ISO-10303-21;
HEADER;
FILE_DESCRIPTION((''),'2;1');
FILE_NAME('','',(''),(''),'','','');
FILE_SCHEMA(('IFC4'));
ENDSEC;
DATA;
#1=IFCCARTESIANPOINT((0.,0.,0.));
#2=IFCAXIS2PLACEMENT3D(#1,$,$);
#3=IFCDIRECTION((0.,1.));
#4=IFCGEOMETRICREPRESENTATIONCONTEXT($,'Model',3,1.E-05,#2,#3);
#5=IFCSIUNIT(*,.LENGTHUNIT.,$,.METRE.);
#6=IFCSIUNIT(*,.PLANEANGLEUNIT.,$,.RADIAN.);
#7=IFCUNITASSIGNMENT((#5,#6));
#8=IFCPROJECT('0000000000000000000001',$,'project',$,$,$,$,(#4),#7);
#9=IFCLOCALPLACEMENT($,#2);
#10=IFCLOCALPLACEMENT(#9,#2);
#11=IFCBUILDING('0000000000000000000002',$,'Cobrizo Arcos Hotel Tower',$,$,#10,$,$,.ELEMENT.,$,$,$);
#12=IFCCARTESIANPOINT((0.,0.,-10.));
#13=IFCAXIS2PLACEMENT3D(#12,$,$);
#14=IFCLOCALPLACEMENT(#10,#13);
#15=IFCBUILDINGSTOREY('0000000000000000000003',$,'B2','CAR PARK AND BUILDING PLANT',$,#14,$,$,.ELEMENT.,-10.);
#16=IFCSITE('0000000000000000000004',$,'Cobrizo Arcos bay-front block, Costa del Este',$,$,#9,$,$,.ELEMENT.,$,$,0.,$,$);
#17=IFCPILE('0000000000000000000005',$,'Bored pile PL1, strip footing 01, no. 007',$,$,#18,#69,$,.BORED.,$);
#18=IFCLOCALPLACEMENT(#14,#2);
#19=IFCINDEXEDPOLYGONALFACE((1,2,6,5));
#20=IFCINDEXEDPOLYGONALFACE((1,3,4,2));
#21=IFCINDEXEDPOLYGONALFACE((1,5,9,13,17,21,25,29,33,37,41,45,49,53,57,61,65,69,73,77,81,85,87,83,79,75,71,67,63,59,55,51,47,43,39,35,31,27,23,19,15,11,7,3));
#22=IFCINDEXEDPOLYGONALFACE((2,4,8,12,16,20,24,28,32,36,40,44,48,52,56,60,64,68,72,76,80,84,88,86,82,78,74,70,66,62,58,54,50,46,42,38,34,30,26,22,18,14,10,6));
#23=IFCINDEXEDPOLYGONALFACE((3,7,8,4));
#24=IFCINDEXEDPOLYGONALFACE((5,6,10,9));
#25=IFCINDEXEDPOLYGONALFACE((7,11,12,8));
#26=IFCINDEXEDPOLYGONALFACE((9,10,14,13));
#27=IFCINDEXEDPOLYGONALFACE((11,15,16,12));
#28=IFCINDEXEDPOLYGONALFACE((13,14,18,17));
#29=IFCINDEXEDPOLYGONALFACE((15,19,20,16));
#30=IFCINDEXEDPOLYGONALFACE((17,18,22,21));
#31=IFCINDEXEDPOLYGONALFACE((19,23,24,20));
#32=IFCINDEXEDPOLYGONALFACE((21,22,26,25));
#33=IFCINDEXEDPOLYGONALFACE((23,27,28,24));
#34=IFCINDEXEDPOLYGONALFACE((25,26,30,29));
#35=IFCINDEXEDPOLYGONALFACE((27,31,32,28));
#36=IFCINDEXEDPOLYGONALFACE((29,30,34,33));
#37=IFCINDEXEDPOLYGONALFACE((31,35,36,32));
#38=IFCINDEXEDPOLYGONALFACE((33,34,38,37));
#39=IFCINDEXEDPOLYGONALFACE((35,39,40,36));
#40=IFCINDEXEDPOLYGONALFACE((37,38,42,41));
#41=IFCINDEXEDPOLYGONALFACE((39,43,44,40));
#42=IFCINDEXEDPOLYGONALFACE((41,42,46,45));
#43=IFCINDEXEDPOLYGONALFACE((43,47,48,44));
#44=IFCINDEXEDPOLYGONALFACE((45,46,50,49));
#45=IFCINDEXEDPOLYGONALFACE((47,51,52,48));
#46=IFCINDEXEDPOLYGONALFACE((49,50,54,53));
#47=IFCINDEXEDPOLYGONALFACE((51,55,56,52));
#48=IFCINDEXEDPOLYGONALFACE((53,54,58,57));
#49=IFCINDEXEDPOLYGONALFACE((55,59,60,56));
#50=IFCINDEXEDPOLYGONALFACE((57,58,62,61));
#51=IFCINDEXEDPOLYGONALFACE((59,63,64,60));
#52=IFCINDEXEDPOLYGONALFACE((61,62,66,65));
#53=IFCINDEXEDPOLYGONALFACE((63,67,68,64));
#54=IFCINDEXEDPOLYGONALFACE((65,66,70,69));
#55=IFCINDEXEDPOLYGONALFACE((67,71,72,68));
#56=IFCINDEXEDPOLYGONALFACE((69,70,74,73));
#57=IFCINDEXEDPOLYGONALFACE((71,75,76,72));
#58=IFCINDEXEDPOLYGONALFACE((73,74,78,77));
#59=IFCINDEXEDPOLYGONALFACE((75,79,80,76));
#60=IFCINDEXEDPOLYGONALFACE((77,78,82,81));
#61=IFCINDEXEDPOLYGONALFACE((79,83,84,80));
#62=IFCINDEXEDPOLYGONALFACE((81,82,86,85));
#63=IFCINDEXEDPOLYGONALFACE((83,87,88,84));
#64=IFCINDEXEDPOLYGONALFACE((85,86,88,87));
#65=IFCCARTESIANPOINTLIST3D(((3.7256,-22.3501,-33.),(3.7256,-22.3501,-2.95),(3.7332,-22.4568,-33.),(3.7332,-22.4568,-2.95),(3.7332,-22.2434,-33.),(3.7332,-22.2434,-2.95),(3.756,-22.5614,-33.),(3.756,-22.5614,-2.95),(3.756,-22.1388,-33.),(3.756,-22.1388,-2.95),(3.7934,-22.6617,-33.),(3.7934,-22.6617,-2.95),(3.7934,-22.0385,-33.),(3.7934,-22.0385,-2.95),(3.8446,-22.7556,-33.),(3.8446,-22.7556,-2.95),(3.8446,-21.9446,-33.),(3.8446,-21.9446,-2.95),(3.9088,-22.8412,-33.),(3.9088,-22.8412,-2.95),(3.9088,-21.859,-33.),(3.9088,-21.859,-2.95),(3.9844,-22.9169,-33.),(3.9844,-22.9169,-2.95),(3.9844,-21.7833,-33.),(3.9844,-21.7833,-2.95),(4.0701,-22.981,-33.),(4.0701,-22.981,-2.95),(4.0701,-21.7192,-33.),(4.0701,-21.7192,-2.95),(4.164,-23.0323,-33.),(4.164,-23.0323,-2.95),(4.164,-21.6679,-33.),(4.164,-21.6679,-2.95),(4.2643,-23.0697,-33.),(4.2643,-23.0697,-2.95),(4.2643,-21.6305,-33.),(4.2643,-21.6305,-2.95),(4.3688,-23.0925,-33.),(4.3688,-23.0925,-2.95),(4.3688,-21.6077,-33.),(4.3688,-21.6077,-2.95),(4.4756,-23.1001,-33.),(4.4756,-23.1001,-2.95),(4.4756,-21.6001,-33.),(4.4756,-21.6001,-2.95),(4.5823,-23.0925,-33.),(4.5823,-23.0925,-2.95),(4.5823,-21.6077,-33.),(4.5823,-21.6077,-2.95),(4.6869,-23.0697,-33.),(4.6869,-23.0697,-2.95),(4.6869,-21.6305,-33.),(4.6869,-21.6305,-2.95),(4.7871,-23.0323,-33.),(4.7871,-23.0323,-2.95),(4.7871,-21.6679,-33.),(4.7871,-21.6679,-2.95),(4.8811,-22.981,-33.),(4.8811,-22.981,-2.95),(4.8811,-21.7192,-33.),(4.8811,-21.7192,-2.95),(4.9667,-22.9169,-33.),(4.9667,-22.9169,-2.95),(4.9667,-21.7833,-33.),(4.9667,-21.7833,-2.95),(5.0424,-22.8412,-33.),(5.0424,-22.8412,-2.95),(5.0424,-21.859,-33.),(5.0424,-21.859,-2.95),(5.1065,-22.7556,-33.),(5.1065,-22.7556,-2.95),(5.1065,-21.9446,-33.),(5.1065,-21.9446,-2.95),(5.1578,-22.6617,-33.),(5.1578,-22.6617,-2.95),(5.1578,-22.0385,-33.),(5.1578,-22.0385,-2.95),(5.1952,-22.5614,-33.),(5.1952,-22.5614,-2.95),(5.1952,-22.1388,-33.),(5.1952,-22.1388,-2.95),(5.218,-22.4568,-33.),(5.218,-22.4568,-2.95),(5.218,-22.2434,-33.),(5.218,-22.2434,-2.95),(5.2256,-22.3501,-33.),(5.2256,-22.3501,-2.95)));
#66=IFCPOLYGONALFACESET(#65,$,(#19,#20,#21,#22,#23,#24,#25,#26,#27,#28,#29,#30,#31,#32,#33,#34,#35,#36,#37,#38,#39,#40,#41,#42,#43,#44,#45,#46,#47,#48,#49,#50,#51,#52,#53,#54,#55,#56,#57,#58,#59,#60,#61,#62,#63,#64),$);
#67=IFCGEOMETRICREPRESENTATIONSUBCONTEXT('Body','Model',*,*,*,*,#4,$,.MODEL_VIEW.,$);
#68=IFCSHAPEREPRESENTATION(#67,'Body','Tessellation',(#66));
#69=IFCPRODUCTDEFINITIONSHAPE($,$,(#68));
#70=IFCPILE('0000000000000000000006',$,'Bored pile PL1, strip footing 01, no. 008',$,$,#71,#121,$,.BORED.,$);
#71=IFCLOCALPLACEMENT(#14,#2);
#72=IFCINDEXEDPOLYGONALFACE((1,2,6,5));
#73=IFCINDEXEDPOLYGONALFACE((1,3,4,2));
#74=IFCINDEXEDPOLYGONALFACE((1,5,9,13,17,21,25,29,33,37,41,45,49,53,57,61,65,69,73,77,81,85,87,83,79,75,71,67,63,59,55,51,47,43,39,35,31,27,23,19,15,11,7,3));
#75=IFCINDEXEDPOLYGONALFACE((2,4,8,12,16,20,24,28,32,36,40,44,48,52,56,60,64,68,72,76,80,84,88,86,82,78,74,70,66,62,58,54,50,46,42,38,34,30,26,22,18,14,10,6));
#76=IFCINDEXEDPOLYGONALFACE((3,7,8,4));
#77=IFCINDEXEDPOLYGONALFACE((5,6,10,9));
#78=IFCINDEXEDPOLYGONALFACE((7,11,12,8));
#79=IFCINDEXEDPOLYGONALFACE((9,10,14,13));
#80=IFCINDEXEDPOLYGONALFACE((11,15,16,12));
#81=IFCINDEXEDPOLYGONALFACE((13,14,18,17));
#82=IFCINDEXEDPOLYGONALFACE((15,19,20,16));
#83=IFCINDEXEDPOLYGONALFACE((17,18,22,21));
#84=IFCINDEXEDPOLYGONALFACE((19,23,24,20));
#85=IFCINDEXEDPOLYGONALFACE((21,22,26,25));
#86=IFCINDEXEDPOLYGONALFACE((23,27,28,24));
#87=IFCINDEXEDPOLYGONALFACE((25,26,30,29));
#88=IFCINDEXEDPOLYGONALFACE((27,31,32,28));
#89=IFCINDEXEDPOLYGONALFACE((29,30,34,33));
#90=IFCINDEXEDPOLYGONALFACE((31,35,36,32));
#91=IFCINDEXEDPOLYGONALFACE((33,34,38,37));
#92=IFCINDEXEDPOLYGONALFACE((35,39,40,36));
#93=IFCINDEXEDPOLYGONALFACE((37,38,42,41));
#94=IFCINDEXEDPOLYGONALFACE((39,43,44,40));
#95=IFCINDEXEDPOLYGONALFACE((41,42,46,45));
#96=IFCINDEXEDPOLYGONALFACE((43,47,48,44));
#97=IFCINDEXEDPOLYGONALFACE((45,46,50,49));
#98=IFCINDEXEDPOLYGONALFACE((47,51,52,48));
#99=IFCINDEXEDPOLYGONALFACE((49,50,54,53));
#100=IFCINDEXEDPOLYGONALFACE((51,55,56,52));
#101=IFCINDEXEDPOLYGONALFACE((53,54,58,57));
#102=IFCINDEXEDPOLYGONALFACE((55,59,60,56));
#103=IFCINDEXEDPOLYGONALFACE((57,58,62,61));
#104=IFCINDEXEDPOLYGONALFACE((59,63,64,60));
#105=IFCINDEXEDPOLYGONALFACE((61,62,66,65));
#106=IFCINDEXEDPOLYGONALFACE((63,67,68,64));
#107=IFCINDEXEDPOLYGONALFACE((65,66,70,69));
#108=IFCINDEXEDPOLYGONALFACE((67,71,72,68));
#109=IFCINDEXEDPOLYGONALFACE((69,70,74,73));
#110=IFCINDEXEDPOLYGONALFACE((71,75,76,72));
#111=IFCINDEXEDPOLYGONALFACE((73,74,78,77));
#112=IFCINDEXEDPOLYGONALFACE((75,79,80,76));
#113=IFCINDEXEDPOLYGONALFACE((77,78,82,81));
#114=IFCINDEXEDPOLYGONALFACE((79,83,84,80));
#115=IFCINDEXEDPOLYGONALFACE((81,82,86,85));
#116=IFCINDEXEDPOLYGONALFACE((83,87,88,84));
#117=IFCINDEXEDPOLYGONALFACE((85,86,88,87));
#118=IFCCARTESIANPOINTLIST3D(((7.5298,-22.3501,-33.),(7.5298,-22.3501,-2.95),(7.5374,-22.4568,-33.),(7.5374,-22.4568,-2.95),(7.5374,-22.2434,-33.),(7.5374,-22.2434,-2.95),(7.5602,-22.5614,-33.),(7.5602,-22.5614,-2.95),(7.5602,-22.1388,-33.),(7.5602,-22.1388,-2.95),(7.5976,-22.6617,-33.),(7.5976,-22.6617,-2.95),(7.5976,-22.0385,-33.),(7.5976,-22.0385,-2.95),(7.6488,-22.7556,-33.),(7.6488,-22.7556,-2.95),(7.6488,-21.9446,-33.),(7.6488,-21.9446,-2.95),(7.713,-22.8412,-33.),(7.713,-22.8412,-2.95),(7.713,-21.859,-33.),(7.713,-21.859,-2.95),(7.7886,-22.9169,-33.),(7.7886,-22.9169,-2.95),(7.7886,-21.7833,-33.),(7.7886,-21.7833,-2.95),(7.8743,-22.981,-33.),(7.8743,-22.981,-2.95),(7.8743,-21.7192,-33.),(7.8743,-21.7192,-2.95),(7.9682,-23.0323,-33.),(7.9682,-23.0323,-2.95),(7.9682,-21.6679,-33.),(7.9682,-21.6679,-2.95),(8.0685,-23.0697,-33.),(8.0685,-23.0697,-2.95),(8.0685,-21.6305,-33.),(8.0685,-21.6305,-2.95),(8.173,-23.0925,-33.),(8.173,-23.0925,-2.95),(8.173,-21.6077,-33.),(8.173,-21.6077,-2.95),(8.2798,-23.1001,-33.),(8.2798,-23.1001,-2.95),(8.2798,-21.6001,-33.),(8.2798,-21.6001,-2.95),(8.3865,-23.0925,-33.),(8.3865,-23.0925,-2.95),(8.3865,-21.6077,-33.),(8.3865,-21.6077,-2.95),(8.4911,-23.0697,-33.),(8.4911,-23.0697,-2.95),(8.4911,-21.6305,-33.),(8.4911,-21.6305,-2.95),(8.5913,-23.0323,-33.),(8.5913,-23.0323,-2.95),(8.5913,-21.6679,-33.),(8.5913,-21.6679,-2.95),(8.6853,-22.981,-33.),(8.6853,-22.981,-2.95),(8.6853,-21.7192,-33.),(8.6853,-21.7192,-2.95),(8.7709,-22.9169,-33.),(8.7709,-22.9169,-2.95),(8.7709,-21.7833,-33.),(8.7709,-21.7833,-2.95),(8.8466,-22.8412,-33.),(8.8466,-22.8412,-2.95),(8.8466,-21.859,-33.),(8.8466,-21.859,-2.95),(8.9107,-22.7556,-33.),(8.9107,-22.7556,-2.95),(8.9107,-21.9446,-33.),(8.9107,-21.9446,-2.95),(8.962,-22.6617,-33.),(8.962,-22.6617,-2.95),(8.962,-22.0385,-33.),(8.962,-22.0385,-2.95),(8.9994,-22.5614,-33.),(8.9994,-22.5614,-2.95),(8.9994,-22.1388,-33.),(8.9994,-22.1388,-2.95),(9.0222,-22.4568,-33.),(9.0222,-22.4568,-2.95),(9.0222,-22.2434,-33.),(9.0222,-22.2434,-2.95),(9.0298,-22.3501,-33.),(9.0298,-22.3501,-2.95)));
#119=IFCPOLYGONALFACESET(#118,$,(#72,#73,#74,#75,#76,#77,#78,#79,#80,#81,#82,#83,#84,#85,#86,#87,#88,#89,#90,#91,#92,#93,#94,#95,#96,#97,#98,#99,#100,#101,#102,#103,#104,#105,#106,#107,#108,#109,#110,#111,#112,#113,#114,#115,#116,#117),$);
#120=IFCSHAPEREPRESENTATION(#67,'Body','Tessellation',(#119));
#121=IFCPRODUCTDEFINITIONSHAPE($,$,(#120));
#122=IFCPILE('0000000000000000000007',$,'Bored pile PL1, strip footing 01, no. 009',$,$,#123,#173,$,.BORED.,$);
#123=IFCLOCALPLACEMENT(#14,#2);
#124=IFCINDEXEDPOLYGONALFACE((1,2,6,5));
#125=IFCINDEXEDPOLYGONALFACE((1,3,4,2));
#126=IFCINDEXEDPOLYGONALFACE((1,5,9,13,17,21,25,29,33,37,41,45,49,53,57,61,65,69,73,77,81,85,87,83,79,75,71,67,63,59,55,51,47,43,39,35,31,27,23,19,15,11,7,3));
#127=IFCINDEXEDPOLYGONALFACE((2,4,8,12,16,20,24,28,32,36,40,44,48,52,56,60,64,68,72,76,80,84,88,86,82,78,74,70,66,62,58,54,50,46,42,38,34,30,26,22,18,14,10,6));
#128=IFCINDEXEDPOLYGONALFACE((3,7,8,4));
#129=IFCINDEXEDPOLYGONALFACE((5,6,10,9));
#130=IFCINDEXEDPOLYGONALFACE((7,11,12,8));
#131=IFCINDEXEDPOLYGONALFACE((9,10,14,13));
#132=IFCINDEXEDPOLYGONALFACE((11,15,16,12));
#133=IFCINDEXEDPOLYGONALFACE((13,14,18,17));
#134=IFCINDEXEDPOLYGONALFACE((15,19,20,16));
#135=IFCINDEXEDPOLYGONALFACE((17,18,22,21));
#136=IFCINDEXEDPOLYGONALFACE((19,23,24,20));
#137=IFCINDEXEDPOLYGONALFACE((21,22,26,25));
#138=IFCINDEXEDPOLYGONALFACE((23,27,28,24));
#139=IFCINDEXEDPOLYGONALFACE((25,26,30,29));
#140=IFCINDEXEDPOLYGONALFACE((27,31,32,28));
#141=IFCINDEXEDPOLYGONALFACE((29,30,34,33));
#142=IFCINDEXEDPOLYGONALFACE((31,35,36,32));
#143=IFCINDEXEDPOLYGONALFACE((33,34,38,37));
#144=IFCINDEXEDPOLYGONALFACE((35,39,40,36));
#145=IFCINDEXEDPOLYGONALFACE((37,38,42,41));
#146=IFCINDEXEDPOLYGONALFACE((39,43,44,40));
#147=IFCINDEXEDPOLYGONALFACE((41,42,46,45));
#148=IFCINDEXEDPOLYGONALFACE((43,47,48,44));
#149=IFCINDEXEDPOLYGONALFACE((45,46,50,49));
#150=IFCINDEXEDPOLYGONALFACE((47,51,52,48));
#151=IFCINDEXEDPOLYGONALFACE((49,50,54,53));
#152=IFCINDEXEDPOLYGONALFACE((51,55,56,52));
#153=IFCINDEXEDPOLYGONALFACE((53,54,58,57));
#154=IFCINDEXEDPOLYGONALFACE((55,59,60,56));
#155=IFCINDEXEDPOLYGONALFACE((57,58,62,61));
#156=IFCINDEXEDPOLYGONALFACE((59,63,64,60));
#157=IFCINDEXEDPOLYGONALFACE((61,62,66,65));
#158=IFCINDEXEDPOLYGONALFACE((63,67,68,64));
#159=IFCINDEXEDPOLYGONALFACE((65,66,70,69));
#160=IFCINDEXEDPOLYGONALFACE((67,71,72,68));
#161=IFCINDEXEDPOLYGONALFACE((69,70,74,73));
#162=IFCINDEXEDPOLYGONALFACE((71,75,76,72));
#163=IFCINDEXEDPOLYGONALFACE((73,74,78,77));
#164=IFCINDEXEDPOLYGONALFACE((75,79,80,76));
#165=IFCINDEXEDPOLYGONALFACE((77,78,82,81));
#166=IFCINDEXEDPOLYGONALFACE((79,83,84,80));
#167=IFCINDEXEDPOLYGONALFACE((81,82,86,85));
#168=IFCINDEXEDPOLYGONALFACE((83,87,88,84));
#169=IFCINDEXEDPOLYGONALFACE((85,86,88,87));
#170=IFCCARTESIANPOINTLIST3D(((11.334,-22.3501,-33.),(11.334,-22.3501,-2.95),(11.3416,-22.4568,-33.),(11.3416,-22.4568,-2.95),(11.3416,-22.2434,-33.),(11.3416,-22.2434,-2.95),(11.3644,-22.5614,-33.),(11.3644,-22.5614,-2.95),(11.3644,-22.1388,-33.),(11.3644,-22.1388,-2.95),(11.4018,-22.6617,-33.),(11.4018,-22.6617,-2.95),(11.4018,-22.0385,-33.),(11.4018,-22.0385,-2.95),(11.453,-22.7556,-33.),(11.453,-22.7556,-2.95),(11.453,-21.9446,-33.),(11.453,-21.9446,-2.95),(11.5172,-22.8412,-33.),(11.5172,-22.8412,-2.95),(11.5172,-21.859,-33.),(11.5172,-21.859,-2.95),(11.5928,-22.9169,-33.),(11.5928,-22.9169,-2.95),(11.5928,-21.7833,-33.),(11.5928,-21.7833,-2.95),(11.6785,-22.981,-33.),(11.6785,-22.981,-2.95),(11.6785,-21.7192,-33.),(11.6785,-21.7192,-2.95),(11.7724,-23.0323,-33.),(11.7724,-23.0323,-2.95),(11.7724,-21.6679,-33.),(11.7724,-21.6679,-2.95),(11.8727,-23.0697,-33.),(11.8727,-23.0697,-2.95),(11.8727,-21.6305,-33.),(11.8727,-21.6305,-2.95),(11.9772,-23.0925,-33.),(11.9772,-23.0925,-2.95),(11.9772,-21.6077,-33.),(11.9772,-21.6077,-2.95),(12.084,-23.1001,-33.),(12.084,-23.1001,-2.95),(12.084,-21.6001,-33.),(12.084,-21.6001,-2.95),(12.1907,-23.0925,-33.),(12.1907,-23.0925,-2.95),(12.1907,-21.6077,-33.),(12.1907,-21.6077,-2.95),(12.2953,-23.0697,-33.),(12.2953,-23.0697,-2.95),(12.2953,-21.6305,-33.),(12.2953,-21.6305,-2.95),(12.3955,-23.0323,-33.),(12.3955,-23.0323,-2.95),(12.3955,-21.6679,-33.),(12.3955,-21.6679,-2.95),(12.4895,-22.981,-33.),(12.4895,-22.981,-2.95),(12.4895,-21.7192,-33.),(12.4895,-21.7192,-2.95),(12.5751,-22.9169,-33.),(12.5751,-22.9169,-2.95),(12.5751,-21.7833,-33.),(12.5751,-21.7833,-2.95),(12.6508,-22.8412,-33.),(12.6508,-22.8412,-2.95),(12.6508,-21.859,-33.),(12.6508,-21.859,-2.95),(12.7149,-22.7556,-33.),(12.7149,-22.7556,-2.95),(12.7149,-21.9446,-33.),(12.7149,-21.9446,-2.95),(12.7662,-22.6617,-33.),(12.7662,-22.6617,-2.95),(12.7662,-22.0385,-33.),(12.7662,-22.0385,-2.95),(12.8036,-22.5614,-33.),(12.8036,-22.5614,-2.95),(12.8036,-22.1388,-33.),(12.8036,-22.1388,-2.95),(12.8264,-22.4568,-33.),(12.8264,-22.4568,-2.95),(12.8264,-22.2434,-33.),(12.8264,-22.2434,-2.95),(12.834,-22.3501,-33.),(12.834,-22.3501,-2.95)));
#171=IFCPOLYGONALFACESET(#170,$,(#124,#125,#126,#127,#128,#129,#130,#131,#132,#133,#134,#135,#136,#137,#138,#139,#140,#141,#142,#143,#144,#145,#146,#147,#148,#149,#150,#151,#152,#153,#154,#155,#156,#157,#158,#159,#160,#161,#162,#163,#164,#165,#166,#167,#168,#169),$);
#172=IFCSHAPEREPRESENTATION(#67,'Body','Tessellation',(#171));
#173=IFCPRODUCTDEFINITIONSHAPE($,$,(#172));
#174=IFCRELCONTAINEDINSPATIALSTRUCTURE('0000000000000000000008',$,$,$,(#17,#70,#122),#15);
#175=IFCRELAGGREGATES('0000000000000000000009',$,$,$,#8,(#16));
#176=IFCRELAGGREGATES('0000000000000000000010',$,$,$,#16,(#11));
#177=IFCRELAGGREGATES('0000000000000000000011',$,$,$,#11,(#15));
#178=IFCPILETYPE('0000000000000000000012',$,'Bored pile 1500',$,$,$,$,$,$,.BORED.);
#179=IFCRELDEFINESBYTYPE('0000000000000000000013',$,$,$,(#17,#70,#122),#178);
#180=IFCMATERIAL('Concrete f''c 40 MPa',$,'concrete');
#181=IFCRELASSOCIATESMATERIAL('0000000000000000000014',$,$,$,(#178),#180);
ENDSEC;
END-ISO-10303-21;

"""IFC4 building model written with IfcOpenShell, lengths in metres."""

from ifc_helpers import new_model, si_unit, direction, frame, origin, origin_2d, place, context, subcontext, project, spatial, circle, extrude, material, material_profile, profile_set, type_object, element, save


model = new_model("IFC4")

# Units and contexts
model_context = context("Model", 3, precision=1e-05, world=origin(), true_north=direction((0.0, 1.0)))
body_context = subcontext(model_context, "Body", "Model", "MODEL_VIEW")
ifc_project = project(units=[si_unit("LENGTHUNIT", "METRE"), si_unit("PLANEANGLEUNIT", "RADIAN")], contexts=[model_context])

# Site, building, storey
site_placement = place(None, origin())
site = spatial("IfcSite", under=ifc_project, at=site_placement, Name="Cobrizo Arcos bay-front block, Costa del Este", CompositionType="ELEMENT", RefElevation=0.0)
building_placement = place(site_placement, origin())
building = spatial("IfcBuilding", under=site, at=building_placement, Name="Cobrizo Arcos Hotel Tower", CompositionType="ELEMENT")
storey_placement = place(building_placement, frame((0.0, 0.0, -10.0)))
storey = spatial("IfcBuildingStorey", under=building, at=storey_placement, Name="B2", Description="CAR PARK AND BUILDING PLANT", CompositionType="ELEMENT", Elevation=-10.0)

# Piles
ifc_material_1 = material(Name="Concrete f'c 40 MPa", Category="concrete")
ifc_material_profile_1 = material_profile(ifc_material_1, circle(Radius=0.75, at=origin_2d()), Name="BORED PILE 1500")
ifc_profile_set_1 = profile_set([ifc_material_profile_1], Name="Concrete f'c 40 MPa")
pile_type = type_object("IfcPileType", Name="Bored pile 1500", PredefinedType="BORED", material=ifc_profile_set_1)
for number, where, z_axis, x_axis, name in (
    (1, (4.4756, -22.3501, -2.95), (0.0, 0.0, -1.0), (1.0, 0.0, 0.0), "Bored pile PL1, strip footing 01, no. 007"),
    (2, (8.2798, -22.3501, -2.95), (0.0, 0.0, -1.0), (1.0, 0.0, 0.0), "Bored pile PL1, strip footing 01, no. 008"),
    (3, (12.084, -22.3501, -2.95), (0.0, 0.0, -1.0), (1.0, 0.0, 0.0), "Bored pile PL1, strip footing 01, no. 009"),
):
    element("IfcPile", number, at=place(storey_placement, frame(where, z_axis=z_axis, x_axis=x_axis)), inside=storey, type_object=pile_type, Name=name, PredefinedType="BORED", context=body_context, shape_type="SweptSolid", body=[
        extrude(circle(Radius=0.75, at=origin_2d()), origin(), (0.0, 0.0, 1.0), 30.05),
    ])

save(model, "model.ifc")
